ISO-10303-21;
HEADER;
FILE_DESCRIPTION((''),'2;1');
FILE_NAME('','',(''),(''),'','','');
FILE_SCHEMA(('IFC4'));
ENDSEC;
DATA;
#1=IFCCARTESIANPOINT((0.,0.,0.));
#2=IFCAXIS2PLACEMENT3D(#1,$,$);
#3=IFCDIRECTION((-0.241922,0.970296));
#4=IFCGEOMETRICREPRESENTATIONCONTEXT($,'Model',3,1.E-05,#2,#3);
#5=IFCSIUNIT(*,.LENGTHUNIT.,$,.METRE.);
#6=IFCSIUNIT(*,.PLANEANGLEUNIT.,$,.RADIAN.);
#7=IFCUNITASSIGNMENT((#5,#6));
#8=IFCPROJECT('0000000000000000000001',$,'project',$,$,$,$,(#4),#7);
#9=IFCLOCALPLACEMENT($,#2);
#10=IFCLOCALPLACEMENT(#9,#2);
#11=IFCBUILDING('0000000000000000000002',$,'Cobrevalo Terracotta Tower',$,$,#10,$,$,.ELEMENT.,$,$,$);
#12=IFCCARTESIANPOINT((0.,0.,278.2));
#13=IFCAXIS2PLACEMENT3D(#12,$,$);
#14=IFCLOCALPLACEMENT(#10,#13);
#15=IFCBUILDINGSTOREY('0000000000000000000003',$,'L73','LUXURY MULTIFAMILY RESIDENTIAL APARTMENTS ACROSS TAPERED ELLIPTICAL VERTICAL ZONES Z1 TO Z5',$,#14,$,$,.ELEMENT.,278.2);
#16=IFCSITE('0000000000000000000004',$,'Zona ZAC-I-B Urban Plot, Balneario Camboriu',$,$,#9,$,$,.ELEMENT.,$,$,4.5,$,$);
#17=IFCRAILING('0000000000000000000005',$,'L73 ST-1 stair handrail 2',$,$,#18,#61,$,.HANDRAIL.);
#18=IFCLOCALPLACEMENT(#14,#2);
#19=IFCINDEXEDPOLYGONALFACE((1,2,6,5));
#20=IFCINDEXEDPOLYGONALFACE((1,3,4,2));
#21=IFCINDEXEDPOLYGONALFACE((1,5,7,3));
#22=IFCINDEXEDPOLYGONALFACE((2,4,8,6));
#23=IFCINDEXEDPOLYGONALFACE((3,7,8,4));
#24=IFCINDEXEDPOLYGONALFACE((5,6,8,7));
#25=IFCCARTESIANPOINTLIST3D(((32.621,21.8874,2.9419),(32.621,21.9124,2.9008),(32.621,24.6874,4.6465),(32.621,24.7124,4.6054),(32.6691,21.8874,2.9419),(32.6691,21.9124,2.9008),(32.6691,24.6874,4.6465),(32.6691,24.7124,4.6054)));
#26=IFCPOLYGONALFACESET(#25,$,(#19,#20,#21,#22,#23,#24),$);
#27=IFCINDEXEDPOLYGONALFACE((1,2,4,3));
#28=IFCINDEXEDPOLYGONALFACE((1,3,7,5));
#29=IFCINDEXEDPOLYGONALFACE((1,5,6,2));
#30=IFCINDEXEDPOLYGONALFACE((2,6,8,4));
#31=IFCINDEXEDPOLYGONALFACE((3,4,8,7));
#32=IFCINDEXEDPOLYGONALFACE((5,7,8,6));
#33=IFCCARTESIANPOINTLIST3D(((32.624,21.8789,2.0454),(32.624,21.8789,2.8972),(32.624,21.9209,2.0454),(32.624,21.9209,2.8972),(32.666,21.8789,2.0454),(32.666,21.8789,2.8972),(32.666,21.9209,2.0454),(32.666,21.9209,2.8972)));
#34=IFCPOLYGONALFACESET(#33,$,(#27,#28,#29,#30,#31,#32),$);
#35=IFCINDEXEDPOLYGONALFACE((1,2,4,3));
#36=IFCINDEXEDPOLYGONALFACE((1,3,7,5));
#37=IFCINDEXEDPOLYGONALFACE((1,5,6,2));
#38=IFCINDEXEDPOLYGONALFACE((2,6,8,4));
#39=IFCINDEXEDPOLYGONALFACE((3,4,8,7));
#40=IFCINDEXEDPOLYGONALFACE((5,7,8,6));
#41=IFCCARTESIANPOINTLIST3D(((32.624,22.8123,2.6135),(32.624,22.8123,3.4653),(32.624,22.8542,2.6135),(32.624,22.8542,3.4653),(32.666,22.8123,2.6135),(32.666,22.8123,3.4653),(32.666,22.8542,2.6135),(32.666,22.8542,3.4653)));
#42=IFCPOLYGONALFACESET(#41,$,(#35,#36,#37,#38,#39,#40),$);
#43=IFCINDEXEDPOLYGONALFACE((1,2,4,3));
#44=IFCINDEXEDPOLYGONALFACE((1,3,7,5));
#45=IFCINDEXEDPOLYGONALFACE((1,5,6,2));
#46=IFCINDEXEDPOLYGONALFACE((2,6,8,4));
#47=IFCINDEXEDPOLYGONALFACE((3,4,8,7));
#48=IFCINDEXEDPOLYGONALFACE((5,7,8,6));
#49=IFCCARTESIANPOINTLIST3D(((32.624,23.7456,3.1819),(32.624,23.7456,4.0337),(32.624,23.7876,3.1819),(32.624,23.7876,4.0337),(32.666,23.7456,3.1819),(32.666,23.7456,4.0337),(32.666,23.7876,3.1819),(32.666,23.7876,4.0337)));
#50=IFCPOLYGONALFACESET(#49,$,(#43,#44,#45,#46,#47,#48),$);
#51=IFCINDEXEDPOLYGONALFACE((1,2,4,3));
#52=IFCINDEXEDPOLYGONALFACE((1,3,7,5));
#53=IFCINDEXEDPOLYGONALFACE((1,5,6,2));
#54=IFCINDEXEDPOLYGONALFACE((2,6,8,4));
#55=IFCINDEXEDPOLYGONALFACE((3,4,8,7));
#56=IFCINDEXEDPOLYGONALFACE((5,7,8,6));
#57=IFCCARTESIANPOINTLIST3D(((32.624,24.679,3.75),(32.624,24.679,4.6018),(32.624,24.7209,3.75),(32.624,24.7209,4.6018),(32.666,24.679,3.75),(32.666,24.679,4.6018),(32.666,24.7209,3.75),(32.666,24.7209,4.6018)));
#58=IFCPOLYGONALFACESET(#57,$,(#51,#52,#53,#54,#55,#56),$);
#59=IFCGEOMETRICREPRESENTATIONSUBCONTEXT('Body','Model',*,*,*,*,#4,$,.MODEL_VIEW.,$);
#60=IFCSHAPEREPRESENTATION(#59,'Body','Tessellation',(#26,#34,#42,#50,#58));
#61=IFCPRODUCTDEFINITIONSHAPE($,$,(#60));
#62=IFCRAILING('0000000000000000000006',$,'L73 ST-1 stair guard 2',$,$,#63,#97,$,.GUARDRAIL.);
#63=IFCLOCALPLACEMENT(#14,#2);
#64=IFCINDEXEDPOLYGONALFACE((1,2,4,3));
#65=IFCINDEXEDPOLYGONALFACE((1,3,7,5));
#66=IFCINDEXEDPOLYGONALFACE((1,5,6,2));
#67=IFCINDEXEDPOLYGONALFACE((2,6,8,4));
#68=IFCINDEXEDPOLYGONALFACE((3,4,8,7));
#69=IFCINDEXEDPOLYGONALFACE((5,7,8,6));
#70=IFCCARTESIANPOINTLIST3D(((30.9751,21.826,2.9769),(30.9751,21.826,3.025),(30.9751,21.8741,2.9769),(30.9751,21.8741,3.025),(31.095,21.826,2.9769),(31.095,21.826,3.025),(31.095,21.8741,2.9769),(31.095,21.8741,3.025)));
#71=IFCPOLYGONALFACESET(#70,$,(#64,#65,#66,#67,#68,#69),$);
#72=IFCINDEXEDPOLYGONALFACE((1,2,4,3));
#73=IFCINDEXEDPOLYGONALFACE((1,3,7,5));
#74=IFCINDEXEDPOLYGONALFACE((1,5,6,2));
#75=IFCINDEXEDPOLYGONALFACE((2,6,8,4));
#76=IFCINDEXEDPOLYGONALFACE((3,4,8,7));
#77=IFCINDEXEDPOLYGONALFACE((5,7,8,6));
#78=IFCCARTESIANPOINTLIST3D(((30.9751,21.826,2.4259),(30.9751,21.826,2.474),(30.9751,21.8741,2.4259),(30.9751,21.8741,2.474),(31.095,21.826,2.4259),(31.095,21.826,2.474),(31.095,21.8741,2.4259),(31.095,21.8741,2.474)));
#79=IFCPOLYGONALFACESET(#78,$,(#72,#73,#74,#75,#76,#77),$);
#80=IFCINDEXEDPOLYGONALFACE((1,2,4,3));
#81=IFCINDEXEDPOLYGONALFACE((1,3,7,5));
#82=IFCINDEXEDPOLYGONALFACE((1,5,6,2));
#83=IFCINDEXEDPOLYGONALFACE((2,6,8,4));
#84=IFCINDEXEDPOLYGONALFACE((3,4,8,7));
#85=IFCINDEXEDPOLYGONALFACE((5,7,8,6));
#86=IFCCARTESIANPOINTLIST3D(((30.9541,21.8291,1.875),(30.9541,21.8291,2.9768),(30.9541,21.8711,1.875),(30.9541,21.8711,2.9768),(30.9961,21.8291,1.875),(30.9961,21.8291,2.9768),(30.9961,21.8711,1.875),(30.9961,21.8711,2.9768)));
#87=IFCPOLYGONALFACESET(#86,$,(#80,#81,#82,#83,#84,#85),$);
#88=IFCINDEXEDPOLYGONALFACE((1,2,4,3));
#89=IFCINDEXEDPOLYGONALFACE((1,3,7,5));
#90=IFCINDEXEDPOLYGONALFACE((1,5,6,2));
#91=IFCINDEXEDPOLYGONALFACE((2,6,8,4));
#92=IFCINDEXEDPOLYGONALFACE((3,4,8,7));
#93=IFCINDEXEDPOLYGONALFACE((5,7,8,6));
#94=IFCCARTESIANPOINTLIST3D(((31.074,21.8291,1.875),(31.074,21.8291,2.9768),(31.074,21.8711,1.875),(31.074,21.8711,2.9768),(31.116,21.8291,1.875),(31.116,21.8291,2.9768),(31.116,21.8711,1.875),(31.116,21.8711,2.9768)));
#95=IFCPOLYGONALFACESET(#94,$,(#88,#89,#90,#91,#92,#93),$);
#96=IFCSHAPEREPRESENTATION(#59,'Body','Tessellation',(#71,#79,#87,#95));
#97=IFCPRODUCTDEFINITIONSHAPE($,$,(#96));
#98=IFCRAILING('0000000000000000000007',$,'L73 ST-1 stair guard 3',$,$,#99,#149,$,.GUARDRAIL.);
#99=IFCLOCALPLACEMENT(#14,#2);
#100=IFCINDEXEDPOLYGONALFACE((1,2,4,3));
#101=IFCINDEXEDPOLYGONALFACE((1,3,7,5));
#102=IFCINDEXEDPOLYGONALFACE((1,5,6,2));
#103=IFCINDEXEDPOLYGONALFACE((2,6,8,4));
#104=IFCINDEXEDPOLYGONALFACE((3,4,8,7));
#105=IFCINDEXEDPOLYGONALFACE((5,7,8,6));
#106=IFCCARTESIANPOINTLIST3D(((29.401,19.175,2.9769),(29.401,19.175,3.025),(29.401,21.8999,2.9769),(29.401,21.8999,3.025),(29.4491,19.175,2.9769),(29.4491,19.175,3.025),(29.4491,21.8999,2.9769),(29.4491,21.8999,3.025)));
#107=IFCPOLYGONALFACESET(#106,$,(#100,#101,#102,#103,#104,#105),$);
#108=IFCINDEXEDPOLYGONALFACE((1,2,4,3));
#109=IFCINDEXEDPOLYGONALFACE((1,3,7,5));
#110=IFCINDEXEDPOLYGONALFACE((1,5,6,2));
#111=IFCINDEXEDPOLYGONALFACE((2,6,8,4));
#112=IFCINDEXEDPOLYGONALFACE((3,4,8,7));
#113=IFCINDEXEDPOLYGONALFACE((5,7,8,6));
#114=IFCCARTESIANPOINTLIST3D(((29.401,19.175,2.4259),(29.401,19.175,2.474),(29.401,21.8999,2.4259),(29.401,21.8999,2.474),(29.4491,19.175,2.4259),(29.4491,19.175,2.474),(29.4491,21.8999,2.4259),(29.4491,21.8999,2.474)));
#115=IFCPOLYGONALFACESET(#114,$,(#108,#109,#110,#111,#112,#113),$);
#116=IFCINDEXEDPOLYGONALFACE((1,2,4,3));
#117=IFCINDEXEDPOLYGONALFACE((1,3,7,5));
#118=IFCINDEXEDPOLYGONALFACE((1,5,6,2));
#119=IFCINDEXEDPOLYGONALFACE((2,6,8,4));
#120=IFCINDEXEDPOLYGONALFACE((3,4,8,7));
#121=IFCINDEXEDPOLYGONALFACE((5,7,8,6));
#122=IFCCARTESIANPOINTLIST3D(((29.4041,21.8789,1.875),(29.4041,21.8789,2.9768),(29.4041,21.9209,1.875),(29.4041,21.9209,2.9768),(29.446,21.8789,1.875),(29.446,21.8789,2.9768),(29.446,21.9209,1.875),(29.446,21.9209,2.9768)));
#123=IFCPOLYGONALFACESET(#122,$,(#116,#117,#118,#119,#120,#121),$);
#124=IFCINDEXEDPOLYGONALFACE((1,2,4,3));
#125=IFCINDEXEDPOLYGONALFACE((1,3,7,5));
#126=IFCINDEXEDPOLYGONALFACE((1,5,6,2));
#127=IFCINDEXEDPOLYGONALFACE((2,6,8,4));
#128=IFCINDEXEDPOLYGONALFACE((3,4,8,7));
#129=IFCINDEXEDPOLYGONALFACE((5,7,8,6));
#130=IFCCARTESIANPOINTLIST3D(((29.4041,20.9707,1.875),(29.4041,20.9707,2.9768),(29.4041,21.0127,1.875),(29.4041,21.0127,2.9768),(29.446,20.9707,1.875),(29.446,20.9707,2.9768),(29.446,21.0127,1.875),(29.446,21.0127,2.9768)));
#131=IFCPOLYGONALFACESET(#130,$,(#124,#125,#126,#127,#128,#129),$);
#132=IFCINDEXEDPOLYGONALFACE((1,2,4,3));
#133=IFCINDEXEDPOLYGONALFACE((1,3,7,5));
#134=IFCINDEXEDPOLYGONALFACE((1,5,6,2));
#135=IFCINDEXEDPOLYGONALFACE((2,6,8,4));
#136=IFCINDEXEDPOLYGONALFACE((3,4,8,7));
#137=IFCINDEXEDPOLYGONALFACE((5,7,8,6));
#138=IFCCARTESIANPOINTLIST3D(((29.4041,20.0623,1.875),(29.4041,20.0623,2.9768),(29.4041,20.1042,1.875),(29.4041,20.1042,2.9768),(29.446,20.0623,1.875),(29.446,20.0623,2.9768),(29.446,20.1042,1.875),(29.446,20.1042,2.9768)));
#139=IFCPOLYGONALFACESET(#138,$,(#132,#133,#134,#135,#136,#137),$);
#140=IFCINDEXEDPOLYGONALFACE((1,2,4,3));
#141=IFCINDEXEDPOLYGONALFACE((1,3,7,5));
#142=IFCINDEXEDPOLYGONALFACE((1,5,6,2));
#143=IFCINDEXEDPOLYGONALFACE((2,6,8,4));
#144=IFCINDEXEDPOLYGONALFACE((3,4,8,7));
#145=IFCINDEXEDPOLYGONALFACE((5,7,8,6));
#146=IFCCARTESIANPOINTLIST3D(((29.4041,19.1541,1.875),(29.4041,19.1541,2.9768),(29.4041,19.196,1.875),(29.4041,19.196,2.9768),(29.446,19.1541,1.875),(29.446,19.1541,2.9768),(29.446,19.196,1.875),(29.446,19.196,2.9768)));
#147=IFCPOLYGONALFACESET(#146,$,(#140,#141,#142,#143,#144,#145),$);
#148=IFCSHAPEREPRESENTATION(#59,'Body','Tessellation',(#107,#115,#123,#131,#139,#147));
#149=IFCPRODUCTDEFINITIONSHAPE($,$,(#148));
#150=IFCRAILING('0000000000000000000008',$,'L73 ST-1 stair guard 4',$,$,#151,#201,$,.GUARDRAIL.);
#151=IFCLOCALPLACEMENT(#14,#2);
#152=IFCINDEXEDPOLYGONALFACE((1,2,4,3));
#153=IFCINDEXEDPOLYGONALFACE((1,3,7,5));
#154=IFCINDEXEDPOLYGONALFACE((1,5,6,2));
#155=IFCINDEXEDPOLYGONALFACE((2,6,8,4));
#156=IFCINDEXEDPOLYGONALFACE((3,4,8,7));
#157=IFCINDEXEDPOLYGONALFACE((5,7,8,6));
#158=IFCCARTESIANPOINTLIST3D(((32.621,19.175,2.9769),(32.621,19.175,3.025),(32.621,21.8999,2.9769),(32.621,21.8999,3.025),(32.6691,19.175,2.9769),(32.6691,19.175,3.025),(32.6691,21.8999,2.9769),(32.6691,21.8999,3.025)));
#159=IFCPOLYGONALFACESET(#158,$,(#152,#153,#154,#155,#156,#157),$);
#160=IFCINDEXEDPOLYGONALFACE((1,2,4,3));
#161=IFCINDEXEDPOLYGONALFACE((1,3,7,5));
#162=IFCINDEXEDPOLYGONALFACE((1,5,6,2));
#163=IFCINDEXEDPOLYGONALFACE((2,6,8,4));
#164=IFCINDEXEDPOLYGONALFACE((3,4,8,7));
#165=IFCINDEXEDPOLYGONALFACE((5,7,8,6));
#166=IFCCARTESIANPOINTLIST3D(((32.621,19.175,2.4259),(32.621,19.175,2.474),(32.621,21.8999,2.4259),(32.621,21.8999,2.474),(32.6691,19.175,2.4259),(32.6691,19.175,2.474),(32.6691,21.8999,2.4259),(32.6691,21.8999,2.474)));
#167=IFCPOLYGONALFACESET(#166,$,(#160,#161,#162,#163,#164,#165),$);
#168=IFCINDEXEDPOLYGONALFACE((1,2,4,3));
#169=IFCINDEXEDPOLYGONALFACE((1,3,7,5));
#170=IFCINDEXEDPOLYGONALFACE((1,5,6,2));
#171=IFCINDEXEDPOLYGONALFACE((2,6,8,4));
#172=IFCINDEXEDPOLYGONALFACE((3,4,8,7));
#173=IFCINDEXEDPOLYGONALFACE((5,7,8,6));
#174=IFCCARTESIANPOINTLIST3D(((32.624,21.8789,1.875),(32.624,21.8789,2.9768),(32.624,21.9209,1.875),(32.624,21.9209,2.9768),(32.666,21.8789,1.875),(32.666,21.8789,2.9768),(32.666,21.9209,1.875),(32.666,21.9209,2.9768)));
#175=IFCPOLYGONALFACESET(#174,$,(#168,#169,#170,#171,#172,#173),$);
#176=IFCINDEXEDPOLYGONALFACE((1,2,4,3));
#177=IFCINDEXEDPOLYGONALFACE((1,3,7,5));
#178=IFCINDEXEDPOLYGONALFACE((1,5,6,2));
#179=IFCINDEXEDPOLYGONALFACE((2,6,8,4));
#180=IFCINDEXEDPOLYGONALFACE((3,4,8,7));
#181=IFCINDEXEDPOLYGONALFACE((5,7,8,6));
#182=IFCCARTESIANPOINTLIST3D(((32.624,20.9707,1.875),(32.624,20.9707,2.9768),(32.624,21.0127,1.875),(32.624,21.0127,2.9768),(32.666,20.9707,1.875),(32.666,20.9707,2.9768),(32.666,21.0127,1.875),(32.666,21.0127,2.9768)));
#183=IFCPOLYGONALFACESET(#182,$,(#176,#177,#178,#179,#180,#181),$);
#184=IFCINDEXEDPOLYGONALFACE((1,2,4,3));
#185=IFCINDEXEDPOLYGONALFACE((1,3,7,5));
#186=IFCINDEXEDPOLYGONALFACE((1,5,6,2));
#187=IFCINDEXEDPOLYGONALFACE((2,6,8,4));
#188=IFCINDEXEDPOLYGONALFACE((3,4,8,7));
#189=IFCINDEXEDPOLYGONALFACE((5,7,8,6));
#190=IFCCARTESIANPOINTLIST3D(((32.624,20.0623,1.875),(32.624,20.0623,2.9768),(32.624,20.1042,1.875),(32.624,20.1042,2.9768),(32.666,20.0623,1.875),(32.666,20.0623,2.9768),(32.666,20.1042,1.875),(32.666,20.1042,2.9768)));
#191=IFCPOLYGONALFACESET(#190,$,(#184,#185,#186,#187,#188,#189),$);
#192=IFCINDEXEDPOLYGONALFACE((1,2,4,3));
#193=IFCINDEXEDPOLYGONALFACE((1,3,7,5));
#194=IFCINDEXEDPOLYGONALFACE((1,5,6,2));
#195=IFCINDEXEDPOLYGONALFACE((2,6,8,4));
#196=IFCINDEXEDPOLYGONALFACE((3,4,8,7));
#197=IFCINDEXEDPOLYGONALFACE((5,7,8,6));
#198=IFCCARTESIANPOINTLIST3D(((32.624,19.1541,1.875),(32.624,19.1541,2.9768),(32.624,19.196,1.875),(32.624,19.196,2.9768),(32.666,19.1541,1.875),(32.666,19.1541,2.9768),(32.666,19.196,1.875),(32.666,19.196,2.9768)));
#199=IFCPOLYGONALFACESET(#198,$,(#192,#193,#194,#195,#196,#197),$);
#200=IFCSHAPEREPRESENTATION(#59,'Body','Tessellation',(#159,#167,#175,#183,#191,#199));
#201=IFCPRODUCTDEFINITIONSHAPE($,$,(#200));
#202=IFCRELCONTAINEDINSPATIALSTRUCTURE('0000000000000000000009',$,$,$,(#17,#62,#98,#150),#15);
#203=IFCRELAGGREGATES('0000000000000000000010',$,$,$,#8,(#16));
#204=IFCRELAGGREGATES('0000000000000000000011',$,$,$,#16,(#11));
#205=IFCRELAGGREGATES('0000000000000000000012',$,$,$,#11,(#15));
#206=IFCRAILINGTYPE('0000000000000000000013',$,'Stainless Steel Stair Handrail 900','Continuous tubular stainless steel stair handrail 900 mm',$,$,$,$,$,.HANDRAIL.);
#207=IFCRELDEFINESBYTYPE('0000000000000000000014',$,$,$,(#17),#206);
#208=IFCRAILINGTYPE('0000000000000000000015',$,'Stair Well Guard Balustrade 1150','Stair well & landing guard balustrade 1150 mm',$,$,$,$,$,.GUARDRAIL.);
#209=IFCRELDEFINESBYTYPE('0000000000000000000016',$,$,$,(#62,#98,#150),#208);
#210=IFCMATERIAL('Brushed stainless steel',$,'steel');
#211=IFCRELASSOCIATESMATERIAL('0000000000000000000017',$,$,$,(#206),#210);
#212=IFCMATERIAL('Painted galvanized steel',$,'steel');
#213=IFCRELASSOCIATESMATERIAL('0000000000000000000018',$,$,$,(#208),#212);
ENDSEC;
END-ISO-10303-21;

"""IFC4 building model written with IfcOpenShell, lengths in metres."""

from ifc_helpers import new_model, si_unit, direction, frame, origin, origin_2d, place, context, subcontext, project, spatial, rectangle, extrude, material, type_object, element, save


model = new_model("IFC4")

# Units and contexts
model_context = context("Model", 3, precision=1e-05, world=origin(), true_north=direction((-0.241922, 0.970296)))
body_context = subcontext(model_context, "Body", "Model", "MODEL_VIEW")
ifc_project = project(units=[si_unit("LENGTHUNIT", "METRE"), si_unit("PLANEANGLEUNIT", "RADIAN")], contexts=[model_context])

# Site, building, storey
site_placement = place(None, origin())
site = spatial("IfcSite", under=ifc_project, at=site_placement, Name="Zona ZAC-I-B Urban Plot, Balneario Camboriu", CompositionType="ELEMENT", RefElevation=4.5)
building_placement = place(site_placement, origin())
building = spatial("IfcBuilding", under=site, at=building_placement, Name="Cobrevalo Terracotta Tower", CompositionType="ELEMENT")
storey_placement = place(building_placement, frame((0.0, 0.0, 278.2)))
storey = spatial("IfcBuildingStorey", under=building, at=storey_placement, Name="L73", Description="LUXURY MULTIFAMILY RESIDENTIAL APARTMENTS ACROSS TAPERED ELLIPTICAL VERTICAL ZONES Z1 TO Z5", CompositionType="ELEMENT", Elevation=278.2)

# Railings
ifc_material_1 = material(Name="Brushed stainless steel", Category="steel")
railing_type_1 = type_object("IfcRailingType", Name="Stainless Steel Stair Handrail 900", Description="Continuous tubular stainless steel stair handrail 900 mm", PredefinedType="HANDRAIL", material=ifc_material_1)
railing_1_placement = place(storey_placement, frame((32.645, 21.8999, 2.0454)))
element("IfcRailing", 1, at=railing_1_placement, inside=storey, type_object=railing_type_1, Name="L73 ST-1 stair handrail 2", PredefinedType="HANDRAIL", context=body_context, shape_type="SweptSolid", body=[
    extrude(rectangle(XDim=0.0481, YDim=0.0481, at=origin_2d()), frame((0.0, 0.0, 0.876), z_axis=(0.0, 0.85417, 0.519994), x_axis=(-1.0, 0.0, 0.0)), (0.0, 0.0, 1.0), 3.2781),
    extrude(rectangle(XDim=0.042, YDim=0.042, at=origin_2d()), origin(), (0.0, 0.0, 1.0), 0.8518),
    extrude(rectangle(XDim=0.042, YDim=0.042, at=origin_2d()), frame((0.0, 0.9333, 0.5681)), (0.0, 0.0, 1.0), 0.8518),
    extrude(rectangle(XDim=0.042, YDim=0.042, at=origin_2d()), frame((0.0, 1.8667, 1.1365)), (0.0, 0.0, 1.0), 0.8518),
    extrude(rectangle(XDim=0.042, YDim=0.042, at=origin_2d()), frame((0.0, 2.8, 1.7046)), (0.0, 0.0, 1.0), 0.8518),
])
ifc_material_2 = material(Name="Painted galvanized steel", Category="steel")
railing_type_2 = type_object("IfcRailingType", Name="Stair Well Guard Balustrade 1150", Description="Stair well & landing guard balustrade 1150 mm", PredefinedType="GUARDRAIL", material=ifc_material_2)
railing_2_placement = place(storey_placement, frame((30.9751, 21.8501, 1.875)))
element("IfcRailing", 2, at=railing_2_placement, inside=storey, type_object=railing_type_2, Name="L73 ST-1 stair guard 2", PredefinedType="GUARDRAIL", context=body_context, shape_type="SweptSolid", body=[
    extrude(rectangle(XDim=0.0481, YDim=0.0481, at=origin_2d()), frame((0.0, 0.0, 1.126), z_axis=(1.0, 0.0, 0.0), x_axis=(0.0, 1.0, 0.0)), (0.0, 0.0, 1.0), 0.1199),
    extrude(rectangle(XDim=0.0481, YDim=0.0481, at=origin_2d()), frame((0.0, 0.0, 0.575), z_axis=(1.0, 0.0, 0.0), x_axis=(0.0, 1.0, 0.0)), (0.0, 0.0, 1.0), 0.1199),
    extrude(rectangle(XDim=0.042, YDim=0.042, at=origin_2d()), origin(), (0.0, 0.0, 1.0), 1.1018),
    extrude(rectangle(XDim=0.042, YDim=0.042, at=origin_2d()), frame((0.1199, 0.0, 0.0)), (0.0, 0.0, 1.0), 1.1018),
])
for number, where, name in (
    (3, (29.425, 21.8999, 1.875), "L73 ST-1 stair guard 3"),
    (4, (32.645, 21.8999, 1.875), "L73 ST-1 stair guard 4"),
):
    element("IfcRailing", number, at=place(storey_placement, frame(where)), inside=storey, type_object=railing_type_2, Name=name, PredefinedType="GUARDRAIL", context=body_context, shape_type="SweptSolid", body=[
        extrude(rectangle(XDim=0.0481, YDim=0.0481, at=origin_2d()), frame((0.0, 0.0, 1.126), z_axis=(0.0, -1.0, 0.0), x_axis=(1.0, 0.0, 0.0)), (0.0, 0.0, 1.0), 2.7249),
        extrude(rectangle(XDim=0.0481, YDim=0.0481, at=origin_2d()), frame((0.0, 0.0, 0.575), z_axis=(0.0, -1.0, 0.0), x_axis=(1.0, 0.0, 0.0)), (0.0, 0.0, 1.0), 2.7249),
        extrude(rectangle(XDim=0.042, YDim=0.042, at=origin_2d()), origin(), (0.0, 0.0, 1.0), 1.1018),
        extrude(rectangle(XDim=0.042, YDim=0.042, at=origin_2d()), frame((0.0, -0.9082, 0.0)), (0.0, 0.0, 1.0), 1.1018),
        extrude(rectangle(XDim=0.042, YDim=0.042, at=origin_2d()), frame((0.0, -1.8167, 0.0)), (0.0, 0.0, 1.0), 1.1018),
        extrude(rectangle(XDim=0.042, YDim=0.042, at=origin_2d()), frame((0.0, -2.7249, 0.0)), (0.0, 0.0, 1.0), 1.1018),
    ])

save(model, "model.ifc")
